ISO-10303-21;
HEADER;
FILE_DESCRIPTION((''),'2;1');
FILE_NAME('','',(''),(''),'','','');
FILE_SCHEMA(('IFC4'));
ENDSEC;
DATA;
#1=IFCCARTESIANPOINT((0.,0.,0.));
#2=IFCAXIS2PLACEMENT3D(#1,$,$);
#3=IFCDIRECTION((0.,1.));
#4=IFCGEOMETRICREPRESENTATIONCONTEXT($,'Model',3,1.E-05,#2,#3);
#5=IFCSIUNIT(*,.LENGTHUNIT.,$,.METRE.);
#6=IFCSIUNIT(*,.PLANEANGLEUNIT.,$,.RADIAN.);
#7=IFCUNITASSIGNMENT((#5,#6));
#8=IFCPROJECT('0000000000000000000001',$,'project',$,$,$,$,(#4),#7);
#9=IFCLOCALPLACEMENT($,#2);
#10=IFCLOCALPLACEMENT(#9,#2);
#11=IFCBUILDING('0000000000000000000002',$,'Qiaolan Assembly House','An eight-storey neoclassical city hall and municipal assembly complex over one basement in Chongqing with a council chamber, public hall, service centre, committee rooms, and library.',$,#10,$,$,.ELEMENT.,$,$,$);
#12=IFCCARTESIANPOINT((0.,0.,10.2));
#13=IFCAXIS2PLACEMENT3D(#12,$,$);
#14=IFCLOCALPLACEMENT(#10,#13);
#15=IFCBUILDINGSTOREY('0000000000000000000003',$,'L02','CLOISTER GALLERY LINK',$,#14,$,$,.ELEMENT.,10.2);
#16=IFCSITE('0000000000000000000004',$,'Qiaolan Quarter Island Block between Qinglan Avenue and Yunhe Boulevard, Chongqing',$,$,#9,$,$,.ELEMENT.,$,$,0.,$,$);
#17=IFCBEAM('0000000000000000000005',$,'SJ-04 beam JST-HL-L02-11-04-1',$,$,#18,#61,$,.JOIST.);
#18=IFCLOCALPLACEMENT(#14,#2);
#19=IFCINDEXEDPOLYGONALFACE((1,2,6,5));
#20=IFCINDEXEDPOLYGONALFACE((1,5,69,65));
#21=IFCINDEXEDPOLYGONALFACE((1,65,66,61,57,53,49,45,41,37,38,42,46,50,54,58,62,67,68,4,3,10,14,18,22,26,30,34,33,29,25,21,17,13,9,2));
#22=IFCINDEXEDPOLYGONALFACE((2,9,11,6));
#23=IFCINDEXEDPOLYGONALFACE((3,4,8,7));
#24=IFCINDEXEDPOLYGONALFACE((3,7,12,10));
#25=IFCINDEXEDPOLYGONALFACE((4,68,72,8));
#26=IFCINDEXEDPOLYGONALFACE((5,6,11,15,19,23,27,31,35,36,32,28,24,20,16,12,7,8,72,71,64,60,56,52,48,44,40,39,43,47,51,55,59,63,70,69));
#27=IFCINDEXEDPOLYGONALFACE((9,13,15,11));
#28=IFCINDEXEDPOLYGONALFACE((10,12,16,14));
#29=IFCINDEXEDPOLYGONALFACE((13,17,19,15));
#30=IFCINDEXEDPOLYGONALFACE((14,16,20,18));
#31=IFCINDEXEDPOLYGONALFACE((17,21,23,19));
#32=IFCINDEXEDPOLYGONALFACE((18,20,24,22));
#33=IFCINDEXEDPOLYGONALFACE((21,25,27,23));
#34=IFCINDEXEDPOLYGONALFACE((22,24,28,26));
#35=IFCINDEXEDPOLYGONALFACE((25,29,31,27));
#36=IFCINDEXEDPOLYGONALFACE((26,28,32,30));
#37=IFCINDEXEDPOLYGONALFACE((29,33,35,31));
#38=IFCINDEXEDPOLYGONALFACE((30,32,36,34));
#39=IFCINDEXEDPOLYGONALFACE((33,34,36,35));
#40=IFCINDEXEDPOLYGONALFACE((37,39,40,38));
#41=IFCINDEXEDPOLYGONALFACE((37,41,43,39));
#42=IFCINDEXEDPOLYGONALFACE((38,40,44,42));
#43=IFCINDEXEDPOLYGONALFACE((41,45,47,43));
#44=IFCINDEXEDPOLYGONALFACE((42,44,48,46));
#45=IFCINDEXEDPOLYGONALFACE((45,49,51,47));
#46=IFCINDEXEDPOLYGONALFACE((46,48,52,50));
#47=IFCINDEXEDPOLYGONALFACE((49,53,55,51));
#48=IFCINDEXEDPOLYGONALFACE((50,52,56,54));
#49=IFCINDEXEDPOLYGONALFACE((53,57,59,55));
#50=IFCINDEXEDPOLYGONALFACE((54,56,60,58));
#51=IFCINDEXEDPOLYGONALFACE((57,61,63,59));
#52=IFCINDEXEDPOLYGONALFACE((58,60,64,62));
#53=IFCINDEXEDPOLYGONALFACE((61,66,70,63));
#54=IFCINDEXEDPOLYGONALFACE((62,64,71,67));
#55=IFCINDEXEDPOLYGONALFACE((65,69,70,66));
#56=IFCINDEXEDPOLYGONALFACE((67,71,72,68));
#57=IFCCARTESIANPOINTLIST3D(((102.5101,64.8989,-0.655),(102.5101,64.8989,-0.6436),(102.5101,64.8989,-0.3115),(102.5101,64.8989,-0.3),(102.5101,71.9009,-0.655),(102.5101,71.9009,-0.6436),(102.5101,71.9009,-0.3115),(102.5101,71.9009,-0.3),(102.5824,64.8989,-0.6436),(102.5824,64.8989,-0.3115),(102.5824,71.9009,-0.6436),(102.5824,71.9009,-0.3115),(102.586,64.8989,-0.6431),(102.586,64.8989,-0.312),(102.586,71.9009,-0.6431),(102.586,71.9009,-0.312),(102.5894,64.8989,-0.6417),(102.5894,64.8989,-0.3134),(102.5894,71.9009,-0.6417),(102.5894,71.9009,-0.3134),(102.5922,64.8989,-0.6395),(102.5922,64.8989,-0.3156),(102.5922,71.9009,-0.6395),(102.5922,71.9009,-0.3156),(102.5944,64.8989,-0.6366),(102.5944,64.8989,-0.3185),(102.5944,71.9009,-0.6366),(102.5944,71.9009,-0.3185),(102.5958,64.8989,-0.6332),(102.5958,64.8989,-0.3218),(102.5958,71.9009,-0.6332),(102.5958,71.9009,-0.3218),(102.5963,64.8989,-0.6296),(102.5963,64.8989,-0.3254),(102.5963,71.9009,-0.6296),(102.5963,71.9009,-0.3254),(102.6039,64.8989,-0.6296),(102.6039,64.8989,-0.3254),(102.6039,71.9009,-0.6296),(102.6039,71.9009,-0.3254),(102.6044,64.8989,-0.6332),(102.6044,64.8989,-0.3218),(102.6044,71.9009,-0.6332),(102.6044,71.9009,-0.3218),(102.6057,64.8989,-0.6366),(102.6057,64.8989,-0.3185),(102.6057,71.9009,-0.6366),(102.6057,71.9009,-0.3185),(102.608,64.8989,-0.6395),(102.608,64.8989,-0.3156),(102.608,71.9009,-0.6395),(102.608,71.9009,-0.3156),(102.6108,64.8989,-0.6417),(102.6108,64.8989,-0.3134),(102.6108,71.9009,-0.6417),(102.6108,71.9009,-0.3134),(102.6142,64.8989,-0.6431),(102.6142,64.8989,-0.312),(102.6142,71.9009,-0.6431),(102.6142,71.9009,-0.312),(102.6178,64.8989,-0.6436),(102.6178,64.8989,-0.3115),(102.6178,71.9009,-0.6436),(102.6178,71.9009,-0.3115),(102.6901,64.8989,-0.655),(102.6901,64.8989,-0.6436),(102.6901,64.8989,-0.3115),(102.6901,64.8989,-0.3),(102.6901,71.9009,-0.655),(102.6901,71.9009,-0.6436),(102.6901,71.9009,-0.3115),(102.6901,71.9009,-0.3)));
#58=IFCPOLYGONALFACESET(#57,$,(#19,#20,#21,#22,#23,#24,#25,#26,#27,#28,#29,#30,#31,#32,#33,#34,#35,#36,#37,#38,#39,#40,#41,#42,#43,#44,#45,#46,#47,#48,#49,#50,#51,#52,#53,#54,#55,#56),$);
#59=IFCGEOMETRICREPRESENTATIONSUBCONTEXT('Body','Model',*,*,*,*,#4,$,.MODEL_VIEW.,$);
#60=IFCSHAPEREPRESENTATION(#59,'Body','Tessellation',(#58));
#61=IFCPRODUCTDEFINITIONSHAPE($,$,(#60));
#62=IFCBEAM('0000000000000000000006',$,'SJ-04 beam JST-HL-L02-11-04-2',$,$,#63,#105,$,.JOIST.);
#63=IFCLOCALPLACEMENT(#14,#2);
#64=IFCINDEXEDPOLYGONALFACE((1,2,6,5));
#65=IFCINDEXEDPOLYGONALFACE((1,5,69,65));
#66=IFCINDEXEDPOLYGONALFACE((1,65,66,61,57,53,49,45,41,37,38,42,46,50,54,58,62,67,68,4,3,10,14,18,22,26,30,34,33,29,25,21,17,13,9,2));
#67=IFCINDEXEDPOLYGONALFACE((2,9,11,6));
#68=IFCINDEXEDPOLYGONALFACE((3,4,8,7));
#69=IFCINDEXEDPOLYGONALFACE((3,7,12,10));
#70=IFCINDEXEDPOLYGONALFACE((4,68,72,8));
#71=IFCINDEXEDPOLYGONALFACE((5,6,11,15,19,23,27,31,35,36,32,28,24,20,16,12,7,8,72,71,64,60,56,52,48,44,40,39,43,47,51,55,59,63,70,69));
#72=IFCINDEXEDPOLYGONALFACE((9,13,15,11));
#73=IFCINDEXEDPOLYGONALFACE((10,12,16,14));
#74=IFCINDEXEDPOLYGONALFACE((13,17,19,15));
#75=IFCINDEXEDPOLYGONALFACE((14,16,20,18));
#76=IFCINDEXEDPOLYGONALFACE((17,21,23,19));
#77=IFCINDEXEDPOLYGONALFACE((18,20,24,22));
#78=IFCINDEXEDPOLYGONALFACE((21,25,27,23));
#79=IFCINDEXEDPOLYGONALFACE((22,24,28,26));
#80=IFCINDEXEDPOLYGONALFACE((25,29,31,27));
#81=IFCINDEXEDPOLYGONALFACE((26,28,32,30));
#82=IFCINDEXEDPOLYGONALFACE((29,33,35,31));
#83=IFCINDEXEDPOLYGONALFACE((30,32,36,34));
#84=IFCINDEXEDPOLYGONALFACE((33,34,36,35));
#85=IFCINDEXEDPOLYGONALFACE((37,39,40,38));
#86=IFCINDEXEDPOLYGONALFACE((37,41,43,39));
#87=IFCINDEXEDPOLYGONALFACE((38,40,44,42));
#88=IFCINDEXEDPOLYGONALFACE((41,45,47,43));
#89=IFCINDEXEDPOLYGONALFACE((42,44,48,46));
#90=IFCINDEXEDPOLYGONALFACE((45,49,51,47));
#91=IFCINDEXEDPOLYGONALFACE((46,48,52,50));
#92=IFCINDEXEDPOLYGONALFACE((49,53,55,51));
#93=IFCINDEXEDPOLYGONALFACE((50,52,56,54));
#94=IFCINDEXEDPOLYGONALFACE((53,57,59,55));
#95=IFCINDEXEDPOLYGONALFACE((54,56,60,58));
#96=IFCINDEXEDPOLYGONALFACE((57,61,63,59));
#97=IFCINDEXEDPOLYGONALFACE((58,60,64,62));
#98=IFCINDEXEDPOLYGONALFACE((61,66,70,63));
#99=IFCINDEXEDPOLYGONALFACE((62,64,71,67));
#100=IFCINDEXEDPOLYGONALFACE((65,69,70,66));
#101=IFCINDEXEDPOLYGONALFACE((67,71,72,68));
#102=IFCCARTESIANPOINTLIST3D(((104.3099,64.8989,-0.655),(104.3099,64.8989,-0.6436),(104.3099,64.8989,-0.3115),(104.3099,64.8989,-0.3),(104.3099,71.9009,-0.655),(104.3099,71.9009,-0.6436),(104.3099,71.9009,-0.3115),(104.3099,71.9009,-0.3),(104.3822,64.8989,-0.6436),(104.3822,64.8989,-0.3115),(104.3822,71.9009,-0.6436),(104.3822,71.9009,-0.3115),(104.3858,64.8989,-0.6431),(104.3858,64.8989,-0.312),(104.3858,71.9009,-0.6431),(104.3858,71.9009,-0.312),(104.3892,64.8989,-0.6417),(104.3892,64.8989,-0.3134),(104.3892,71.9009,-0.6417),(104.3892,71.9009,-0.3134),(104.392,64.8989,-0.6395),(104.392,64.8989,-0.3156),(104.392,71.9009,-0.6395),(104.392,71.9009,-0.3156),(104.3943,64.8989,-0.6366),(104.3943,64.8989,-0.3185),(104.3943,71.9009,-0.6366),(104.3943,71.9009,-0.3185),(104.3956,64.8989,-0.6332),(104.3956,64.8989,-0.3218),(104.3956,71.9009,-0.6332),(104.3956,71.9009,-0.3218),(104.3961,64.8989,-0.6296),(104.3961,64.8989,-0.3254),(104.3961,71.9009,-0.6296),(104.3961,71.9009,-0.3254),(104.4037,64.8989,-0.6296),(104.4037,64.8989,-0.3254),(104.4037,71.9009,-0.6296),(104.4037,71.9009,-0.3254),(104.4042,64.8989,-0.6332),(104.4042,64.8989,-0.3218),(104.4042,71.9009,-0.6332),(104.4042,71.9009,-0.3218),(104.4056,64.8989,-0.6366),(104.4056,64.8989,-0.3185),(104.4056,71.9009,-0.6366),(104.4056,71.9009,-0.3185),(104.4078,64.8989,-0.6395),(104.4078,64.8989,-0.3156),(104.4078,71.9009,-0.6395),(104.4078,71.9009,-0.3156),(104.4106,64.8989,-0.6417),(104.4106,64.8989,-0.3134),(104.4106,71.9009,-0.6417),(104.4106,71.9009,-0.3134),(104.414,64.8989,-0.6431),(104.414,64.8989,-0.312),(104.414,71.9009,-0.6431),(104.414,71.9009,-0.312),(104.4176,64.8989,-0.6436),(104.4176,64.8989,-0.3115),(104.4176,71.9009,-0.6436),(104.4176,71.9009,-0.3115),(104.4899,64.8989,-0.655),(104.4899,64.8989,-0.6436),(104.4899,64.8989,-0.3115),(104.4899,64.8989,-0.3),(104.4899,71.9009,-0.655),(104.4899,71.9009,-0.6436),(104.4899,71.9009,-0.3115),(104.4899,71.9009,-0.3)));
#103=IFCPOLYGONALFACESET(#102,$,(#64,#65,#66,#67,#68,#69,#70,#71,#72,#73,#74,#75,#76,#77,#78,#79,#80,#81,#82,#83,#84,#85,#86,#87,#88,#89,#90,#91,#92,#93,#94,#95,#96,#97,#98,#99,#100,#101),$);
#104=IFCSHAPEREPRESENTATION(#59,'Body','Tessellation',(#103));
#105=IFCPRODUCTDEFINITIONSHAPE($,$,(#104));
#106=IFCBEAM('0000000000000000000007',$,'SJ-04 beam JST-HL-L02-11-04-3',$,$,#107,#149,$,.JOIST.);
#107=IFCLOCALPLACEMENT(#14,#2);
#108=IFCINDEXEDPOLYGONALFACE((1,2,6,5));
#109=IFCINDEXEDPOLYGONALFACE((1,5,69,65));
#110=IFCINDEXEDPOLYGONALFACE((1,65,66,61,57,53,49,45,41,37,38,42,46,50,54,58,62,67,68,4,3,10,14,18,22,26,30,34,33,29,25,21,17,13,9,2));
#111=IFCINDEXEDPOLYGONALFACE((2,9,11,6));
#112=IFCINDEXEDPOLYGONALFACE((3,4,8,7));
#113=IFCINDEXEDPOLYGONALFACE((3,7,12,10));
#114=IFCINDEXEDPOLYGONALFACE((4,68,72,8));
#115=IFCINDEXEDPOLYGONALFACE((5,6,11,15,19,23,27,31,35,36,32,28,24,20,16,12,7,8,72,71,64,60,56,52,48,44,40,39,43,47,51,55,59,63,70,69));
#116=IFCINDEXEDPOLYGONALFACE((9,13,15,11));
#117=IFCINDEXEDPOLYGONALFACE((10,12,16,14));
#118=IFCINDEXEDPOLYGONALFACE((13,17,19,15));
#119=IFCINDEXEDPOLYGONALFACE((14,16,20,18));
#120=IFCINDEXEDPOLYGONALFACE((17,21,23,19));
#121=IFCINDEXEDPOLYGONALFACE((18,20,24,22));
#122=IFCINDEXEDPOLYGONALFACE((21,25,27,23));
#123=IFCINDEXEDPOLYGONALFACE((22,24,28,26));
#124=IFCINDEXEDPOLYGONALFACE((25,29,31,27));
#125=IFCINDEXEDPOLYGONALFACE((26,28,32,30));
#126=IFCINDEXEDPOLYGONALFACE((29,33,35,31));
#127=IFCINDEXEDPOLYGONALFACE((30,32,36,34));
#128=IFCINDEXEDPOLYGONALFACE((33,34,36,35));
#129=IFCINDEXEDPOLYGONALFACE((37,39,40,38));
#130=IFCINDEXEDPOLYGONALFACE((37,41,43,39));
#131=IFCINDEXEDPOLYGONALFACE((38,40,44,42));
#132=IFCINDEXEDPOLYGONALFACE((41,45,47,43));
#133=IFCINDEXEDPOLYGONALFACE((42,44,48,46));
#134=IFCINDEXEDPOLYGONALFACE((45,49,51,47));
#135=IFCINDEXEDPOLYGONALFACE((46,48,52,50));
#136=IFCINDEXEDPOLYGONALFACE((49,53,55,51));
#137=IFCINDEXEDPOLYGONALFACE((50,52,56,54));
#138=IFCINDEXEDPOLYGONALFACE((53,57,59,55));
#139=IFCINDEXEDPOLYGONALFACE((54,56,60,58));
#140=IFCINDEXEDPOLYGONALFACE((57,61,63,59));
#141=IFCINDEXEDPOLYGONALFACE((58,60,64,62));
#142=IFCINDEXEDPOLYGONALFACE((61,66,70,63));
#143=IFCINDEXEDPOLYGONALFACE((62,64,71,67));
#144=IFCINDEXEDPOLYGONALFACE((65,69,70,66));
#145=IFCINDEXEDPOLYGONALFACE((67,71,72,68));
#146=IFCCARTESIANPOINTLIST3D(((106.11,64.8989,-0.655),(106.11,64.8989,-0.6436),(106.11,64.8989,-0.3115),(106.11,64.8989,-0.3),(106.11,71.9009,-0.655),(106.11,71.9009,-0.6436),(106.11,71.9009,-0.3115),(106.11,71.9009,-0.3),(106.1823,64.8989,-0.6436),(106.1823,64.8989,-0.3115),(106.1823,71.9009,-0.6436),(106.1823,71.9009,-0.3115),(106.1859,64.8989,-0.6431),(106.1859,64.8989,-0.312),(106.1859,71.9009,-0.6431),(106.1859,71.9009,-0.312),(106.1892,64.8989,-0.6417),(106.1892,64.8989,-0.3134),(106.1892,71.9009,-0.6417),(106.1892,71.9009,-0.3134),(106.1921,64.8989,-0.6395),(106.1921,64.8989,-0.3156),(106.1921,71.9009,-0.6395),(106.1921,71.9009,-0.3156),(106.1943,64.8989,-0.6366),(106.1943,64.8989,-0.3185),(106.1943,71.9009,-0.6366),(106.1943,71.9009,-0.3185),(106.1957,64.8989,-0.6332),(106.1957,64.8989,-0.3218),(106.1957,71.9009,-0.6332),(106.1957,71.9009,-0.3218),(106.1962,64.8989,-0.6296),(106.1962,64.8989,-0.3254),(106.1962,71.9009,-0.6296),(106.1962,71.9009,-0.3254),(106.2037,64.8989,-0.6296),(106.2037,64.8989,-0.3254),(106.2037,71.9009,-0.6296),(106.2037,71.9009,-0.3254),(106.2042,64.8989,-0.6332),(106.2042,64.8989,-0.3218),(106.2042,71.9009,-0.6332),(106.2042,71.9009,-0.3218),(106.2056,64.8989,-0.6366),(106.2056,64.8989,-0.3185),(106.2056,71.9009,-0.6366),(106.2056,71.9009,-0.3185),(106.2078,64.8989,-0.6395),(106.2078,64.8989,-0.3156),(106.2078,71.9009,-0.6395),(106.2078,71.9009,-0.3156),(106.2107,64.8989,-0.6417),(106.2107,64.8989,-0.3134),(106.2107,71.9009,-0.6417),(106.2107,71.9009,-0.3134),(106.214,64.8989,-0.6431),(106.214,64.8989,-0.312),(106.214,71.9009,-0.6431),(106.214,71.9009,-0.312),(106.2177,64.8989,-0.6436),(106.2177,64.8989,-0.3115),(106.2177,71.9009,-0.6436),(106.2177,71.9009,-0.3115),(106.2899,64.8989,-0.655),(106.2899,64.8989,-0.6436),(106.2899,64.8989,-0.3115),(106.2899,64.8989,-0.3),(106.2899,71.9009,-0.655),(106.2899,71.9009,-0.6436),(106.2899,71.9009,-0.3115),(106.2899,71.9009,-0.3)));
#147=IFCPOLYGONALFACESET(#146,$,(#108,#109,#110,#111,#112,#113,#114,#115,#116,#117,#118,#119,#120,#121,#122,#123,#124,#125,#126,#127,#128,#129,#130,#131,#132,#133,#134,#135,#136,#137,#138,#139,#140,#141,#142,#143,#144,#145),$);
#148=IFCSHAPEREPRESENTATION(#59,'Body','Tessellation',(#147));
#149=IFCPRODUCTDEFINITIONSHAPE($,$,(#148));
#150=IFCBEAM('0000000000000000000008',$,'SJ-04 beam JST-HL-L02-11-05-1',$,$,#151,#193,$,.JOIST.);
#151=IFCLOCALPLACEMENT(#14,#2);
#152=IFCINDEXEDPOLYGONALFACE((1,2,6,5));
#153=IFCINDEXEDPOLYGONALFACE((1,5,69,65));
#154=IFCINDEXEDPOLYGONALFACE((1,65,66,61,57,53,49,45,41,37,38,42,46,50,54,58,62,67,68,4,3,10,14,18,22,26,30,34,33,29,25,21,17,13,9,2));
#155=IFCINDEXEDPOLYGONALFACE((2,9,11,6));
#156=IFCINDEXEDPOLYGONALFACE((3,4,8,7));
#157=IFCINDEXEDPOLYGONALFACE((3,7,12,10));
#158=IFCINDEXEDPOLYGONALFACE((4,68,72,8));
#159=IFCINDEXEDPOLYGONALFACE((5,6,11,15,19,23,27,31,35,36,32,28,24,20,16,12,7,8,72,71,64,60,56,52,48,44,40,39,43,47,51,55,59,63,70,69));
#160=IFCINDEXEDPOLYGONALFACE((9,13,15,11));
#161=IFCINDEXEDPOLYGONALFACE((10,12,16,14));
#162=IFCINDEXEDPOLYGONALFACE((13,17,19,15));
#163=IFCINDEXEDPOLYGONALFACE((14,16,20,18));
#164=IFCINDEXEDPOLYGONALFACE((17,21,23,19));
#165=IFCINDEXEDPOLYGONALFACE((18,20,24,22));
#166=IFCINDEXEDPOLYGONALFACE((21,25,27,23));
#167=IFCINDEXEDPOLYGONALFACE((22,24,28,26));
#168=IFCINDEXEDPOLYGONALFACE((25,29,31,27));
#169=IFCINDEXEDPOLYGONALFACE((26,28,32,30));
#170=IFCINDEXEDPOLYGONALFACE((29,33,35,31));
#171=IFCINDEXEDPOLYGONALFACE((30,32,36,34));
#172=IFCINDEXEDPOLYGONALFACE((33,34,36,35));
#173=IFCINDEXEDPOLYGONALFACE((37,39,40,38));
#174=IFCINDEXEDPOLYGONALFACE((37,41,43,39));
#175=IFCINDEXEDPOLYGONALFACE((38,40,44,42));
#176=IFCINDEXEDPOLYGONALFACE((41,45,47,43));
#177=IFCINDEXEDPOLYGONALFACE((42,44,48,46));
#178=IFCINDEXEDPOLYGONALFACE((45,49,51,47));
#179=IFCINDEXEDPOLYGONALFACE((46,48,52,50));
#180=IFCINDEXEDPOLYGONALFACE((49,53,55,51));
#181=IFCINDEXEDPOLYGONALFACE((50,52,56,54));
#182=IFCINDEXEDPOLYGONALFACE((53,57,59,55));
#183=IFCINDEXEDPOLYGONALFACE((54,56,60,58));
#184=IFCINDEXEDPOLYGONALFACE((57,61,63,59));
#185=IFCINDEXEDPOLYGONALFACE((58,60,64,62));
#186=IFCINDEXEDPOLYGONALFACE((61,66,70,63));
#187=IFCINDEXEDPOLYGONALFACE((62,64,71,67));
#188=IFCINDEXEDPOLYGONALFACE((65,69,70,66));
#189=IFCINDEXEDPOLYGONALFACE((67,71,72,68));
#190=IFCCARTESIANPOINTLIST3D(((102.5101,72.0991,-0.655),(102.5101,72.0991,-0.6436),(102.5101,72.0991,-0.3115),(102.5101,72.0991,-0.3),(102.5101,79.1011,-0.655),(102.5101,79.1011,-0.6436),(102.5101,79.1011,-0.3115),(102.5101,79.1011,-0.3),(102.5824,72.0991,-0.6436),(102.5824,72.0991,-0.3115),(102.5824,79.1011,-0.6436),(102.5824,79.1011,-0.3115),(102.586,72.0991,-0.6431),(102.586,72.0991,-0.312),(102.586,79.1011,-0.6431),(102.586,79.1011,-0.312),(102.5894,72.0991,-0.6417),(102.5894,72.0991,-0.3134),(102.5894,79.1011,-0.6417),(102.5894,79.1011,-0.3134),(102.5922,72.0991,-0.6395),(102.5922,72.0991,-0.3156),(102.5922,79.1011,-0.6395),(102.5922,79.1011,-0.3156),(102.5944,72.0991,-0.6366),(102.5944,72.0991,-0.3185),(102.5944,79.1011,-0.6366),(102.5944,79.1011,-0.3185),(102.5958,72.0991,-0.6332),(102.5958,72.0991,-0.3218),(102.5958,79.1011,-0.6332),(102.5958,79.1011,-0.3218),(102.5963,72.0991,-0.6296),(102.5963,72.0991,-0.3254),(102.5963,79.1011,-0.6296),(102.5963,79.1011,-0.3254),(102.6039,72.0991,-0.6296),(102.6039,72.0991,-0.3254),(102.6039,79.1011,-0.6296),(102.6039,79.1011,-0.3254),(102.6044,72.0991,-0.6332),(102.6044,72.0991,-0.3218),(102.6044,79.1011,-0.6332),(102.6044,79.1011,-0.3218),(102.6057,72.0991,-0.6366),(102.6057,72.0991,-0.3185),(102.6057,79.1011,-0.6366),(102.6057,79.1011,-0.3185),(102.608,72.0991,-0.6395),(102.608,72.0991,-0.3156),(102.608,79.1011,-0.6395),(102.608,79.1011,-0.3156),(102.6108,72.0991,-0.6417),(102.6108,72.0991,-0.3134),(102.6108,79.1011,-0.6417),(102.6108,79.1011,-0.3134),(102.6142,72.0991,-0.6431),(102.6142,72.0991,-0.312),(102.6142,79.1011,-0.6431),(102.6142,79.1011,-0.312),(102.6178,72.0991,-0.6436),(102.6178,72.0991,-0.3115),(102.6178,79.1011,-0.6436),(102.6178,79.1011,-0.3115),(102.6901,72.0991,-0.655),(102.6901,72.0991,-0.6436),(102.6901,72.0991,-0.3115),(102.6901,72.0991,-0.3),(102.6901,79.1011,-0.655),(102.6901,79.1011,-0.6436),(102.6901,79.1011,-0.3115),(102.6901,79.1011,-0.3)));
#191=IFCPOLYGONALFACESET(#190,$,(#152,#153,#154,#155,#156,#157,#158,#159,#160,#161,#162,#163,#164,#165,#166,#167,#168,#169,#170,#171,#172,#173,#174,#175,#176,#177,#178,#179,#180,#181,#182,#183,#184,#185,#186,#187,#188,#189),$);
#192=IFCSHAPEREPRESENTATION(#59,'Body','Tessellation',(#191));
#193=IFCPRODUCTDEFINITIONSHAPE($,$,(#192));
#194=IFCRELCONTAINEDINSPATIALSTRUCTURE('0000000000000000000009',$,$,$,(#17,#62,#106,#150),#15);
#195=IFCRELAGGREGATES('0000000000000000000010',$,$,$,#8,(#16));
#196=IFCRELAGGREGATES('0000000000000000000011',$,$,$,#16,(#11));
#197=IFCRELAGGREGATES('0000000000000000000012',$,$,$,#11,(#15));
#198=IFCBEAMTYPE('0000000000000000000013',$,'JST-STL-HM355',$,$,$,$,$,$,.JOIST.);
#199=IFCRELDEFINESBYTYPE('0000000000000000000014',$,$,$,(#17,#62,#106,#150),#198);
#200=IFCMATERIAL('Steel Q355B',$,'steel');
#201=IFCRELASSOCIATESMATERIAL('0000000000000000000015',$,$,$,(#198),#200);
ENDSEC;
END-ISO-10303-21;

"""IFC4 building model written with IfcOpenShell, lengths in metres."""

from ifc_helpers import new_model, si_unit, direction, frame, origin, origin_2d, place, context, subcontext, project, spatial, i_section, extrude, material, material_profile, profile_set, type_object, element, save


model = new_model("IFC4")

# Units and contexts
model_context = context("Model", 3, precision=1e-05, world=origin(), true_north=direction((0.0, 1.0)))
body_context = subcontext(model_context, "Body", "Model", "MODEL_VIEW")
ifc_project = project(units=[si_unit("LENGTHUNIT", "METRE"), si_unit("PLANEANGLEUNIT", "RADIAN")], contexts=[model_context])

# Site, building, storey
site_placement = place(None, origin())
site = spatial("IfcSite", under=ifc_project, at=site_placement, Name="Qiaolan Quarter Island Block between Qinglan Avenue and Yunhe Boulevard, Chongqing", CompositionType="ELEMENT", RefElevation=0.0)
building_placement = place(site_placement, origin())
building = spatial("IfcBuilding", under=site, at=building_placement, Name="Qiaolan Assembly House", Description="An eight-storey neoclassical city hall and municipal assembly complex over one basement in Chongqing with a council chamber, public hall, service centre, committee rooms, and library.", CompositionType="ELEMENT")
storey_placement = place(building_placement, frame((0.0, 0.0, 10.2)))
storey = spatial("IfcBuildingStorey", under=building, at=storey_placement, Name="L02", Description="CLOISTER GALLERY LINK", CompositionType="ELEMENT", Elevation=10.2)

# Shared definitions
ifc_material = material(Name="Steel Q355B", Category="steel")

# Beams
ifc_material_profile_1 = material_profile(ifc_material, i_section(OverallWidth=0.1799, OverallDepth=0.355, WebThickness=0.0076, FlangeThickness=0.0115, FilletRadius=0.0139, at=origin_2d()), Name="HM 355x180x7.5x11.5")
ifc_profile_set_1 = profile_set([ifc_material_profile_1], Name="Steel Q355B")
beam_type_1 = type_object("IfcBeamType", Name="JST-STL-HM355", PredefinedType="JOIST", material=ifc_profile_set_1)
for number, where, z_axis, x_axis, name in (
    (1, (102.6001, 64.8989, -0.4775), (0.0, 1.0, 0.0), (-1.0, 0.0, 0.0), "SJ-04 beam JST-HL-L02-11-04-1"),
    (2, (104.3999, 64.8989, -0.4775), (0.0, 1.0, 0.0), (-1.0, 0.0, 0.0), "SJ-04 beam JST-HL-L02-11-04-2"),
    (3, (106.2, 64.8989, -0.4775), (0.0, 1.0, 0.0), (-1.0, 0.0, 0.0), "SJ-04 beam JST-HL-L02-11-04-3"),
    (4, (102.6001, 72.0991, -0.4775), (0.0, 1.0, 0.0), (-1.0, 0.0, 0.0), "SJ-04 beam JST-HL-L02-11-05-1"),
):
    element("IfcBeam", number, at=place(storey_placement, frame(where, z_axis=z_axis, x_axis=x_axis)), inside=storey, type_object=beam_type_1, Name=name, PredefinedType="JOIST", context=body_context, shape_type="SweptSolid", body=[
        extrude(i_section(OverallWidth=0.1799, OverallDepth=0.355, WebThickness=0.0076, FlangeThickness=0.0115, FilletRadius=0.0139, at=origin_2d()), origin(), (0.0, 0.0, 1.0), 7.002),
    ])

save(model, "model.ifc")
